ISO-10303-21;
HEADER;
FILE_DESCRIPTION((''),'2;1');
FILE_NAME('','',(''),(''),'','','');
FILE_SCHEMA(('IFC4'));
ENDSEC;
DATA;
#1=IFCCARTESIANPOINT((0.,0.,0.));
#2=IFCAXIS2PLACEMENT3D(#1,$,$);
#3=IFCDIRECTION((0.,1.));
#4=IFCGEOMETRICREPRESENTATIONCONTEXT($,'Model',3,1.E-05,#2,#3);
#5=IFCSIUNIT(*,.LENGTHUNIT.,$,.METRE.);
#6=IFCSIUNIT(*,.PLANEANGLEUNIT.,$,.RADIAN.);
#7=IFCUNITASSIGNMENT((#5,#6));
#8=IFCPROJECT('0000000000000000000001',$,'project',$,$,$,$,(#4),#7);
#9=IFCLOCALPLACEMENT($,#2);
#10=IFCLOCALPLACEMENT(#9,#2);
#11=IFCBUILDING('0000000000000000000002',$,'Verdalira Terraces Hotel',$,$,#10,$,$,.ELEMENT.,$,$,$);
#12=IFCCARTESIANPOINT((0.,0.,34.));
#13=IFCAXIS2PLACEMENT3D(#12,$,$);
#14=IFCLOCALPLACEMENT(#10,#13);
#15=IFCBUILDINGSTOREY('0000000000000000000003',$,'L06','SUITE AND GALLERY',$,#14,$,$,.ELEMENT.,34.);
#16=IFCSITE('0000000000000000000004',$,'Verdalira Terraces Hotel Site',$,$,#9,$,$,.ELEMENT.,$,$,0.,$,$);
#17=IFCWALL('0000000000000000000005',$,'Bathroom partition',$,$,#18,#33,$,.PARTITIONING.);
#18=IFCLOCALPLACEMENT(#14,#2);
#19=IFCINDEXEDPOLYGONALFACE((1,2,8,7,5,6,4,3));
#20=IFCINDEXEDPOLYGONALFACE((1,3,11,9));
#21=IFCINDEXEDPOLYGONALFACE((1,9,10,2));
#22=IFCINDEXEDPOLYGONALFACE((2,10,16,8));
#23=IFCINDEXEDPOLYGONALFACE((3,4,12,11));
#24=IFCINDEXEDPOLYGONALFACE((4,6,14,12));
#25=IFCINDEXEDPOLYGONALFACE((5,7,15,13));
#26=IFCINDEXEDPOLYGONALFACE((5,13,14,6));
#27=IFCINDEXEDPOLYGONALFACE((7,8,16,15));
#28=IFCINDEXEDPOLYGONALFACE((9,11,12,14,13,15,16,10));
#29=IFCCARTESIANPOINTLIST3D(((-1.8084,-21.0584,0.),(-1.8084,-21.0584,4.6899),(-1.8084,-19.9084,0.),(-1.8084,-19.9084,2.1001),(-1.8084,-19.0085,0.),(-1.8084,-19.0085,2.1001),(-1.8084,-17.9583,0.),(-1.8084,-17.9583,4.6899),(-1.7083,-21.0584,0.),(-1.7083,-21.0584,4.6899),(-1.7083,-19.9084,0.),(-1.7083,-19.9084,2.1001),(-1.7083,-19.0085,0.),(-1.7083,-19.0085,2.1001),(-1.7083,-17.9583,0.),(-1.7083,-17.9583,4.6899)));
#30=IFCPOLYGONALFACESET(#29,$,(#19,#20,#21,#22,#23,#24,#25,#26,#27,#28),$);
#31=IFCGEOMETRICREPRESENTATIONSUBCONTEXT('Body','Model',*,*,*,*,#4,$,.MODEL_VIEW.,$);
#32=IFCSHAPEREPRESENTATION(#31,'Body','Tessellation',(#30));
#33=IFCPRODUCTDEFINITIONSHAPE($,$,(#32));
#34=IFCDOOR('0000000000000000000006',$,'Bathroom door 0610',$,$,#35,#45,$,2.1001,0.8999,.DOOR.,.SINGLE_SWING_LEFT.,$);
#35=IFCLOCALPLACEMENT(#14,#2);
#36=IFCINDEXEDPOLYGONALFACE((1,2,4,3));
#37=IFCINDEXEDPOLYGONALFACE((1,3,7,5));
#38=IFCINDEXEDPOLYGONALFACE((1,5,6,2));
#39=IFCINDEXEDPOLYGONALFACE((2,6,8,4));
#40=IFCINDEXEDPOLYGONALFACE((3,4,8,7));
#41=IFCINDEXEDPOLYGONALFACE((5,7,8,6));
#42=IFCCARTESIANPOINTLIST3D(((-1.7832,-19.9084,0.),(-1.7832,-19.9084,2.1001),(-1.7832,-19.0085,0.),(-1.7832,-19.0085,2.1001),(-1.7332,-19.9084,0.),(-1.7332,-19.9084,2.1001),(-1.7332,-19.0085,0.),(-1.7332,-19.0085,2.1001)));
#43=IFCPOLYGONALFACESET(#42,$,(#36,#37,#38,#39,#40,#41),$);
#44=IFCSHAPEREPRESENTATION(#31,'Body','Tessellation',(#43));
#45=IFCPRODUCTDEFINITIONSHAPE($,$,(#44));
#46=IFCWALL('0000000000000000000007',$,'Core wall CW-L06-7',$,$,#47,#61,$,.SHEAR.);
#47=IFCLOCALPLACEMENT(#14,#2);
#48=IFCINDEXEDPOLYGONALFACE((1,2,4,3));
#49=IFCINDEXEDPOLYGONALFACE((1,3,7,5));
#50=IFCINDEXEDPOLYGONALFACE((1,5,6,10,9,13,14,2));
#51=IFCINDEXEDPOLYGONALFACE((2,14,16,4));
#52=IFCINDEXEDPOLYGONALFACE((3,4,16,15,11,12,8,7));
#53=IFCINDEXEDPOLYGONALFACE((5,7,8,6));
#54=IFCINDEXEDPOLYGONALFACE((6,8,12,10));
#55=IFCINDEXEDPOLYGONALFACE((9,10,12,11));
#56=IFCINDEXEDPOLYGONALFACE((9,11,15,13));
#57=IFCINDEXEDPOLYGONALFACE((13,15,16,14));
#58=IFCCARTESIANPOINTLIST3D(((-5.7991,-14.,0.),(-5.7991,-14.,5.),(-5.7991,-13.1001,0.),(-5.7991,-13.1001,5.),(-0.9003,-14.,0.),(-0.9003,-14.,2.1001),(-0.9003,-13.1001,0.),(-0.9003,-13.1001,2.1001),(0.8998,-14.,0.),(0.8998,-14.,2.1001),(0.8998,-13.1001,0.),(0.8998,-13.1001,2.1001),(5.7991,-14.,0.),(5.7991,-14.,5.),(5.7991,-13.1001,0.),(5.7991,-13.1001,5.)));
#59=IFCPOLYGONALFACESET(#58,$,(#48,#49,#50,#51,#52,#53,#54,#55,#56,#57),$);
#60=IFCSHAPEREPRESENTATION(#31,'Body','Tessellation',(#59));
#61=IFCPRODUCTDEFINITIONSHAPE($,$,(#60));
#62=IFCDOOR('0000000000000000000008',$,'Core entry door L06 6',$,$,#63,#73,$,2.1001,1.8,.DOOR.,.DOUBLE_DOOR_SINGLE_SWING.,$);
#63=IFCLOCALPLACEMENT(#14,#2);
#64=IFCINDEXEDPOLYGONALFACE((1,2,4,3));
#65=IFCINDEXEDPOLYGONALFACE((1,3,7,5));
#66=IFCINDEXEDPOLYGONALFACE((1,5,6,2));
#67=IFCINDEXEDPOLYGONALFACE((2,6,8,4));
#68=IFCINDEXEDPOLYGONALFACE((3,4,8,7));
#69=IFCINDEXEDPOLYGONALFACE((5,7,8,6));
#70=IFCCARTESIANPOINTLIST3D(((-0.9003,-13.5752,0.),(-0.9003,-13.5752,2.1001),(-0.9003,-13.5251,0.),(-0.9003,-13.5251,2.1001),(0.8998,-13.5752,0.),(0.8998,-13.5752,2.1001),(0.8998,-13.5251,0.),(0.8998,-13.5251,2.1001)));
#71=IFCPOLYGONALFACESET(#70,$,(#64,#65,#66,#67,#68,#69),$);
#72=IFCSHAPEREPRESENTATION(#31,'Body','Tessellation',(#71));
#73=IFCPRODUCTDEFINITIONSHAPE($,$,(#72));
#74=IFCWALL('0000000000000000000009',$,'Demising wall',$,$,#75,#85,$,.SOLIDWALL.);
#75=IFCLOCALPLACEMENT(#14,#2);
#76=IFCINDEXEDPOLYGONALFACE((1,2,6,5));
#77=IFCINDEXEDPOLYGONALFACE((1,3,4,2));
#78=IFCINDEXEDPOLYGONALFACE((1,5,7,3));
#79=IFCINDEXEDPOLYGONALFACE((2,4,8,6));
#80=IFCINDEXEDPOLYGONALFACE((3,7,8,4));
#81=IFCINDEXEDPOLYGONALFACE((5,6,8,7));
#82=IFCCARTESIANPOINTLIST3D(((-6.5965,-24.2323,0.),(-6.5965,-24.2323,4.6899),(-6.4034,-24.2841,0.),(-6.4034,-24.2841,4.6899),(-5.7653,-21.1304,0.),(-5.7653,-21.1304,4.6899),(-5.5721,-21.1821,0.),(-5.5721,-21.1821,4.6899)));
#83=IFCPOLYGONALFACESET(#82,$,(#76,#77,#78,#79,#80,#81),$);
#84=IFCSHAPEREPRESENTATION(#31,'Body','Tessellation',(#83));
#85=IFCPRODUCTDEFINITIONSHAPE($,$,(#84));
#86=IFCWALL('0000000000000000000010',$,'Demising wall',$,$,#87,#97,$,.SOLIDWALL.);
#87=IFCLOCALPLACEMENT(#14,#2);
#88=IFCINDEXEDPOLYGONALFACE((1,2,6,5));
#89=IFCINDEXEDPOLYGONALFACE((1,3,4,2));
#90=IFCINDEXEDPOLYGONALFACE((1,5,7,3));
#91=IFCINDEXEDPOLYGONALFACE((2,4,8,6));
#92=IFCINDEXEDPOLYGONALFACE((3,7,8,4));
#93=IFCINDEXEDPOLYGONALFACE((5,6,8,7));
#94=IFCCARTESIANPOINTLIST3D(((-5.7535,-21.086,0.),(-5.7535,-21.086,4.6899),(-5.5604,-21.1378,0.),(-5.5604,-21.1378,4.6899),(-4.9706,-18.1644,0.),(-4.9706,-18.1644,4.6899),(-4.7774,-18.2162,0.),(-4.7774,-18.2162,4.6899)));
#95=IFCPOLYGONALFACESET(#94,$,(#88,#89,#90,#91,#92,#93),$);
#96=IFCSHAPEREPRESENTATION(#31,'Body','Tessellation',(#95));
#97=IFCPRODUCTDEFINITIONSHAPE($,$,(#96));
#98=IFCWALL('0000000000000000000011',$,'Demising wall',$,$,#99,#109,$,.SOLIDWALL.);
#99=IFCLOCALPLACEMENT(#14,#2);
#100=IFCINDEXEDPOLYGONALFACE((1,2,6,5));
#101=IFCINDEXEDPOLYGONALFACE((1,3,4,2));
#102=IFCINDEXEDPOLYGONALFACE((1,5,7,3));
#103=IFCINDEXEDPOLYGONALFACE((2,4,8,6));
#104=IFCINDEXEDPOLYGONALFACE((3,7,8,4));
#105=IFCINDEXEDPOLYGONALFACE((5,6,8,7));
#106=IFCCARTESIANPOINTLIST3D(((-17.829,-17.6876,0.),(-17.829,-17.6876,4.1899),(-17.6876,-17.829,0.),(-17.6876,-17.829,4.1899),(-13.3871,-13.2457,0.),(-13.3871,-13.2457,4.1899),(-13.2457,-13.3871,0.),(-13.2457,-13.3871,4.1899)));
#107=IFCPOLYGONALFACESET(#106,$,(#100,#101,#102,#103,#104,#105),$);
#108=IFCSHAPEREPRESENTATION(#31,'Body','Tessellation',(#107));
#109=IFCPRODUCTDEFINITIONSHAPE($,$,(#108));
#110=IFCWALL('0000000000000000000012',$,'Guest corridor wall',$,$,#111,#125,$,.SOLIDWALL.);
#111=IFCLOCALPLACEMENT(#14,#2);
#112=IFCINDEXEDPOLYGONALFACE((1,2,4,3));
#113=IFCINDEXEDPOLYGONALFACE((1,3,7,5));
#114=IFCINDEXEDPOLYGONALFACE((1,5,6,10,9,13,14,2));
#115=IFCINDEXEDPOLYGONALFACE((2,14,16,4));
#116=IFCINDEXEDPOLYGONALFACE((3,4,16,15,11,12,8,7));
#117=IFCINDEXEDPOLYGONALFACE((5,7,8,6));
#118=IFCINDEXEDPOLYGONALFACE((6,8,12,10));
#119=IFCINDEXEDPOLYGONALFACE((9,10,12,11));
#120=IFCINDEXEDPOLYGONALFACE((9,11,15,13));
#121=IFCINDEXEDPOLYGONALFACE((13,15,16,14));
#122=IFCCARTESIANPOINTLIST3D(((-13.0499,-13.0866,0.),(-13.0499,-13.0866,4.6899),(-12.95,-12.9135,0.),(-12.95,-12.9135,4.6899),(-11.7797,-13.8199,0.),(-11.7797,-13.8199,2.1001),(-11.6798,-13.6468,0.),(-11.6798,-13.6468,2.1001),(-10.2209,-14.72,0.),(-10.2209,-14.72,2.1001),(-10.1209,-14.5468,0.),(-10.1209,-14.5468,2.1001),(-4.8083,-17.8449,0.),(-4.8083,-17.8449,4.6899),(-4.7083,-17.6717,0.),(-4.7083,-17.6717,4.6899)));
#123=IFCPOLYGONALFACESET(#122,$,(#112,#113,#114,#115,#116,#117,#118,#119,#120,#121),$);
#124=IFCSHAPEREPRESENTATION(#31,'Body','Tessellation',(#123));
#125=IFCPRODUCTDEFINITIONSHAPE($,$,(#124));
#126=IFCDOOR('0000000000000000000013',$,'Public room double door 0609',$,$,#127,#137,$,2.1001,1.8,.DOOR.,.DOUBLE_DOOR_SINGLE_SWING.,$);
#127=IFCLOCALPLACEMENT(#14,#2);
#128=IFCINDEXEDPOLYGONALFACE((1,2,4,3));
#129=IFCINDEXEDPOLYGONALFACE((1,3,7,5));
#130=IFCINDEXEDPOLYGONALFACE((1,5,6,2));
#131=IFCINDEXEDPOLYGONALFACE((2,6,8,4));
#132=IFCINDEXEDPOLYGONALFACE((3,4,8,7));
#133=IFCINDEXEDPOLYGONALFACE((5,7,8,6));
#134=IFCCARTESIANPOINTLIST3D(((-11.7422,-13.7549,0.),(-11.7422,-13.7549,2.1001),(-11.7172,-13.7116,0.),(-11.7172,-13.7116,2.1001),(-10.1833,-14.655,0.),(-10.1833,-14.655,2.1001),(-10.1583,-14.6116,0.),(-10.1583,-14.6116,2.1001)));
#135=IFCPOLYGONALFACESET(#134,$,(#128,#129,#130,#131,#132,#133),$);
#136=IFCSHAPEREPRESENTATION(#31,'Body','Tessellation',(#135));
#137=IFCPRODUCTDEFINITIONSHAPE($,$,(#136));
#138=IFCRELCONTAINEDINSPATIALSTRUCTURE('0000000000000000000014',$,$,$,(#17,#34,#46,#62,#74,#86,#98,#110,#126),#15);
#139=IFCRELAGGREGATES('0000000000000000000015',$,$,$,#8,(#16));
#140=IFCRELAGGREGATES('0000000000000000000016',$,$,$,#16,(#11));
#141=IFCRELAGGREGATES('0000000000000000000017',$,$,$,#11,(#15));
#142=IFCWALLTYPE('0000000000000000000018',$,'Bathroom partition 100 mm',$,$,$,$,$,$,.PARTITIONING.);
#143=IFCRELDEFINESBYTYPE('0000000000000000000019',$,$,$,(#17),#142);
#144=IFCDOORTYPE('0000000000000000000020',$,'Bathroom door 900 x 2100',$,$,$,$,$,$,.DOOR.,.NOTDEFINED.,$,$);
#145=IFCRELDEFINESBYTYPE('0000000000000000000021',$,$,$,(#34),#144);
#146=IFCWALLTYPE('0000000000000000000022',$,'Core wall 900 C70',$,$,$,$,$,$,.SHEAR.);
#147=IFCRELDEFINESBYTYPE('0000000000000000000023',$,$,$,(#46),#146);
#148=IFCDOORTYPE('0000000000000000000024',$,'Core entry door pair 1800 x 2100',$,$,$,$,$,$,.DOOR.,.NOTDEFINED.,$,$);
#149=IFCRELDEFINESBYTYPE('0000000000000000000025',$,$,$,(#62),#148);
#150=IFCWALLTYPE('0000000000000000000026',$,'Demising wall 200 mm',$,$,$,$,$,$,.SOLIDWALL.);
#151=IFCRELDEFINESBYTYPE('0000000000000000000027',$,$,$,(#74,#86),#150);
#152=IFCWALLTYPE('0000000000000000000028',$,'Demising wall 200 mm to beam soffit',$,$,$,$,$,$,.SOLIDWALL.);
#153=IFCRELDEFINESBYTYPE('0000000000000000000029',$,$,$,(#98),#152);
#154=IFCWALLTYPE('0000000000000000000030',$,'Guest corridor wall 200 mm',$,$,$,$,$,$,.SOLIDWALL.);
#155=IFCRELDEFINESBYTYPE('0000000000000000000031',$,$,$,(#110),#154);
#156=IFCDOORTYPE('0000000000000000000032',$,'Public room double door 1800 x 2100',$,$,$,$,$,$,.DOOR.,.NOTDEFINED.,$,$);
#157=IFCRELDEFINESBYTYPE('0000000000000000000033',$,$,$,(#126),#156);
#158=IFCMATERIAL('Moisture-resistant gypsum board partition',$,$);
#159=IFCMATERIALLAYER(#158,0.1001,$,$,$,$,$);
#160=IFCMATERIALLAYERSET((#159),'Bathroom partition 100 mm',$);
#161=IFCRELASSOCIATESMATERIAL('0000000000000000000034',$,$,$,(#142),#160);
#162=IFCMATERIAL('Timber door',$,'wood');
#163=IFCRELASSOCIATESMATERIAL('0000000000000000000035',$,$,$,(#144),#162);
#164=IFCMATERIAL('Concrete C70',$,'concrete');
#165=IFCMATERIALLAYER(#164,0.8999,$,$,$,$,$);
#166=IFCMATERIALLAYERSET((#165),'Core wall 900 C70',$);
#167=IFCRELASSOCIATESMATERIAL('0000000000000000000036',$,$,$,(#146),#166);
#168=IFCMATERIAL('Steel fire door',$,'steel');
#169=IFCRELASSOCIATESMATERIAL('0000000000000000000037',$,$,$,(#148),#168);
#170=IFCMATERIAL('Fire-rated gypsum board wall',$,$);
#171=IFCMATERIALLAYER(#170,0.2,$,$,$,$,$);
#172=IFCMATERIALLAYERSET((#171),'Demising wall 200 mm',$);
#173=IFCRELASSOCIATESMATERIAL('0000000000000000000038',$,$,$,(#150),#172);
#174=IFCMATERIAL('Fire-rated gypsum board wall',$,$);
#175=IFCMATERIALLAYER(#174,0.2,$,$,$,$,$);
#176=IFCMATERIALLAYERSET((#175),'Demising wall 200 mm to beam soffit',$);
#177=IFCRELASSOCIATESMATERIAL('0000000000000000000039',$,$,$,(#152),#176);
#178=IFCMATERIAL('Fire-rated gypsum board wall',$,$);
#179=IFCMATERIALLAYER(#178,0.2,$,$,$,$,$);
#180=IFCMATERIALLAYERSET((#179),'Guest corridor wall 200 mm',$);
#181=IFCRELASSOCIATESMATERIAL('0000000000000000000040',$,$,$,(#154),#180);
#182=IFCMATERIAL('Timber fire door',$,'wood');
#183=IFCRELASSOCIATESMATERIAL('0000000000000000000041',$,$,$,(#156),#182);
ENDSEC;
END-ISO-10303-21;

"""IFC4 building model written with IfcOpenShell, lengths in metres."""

from ifc_helpers import new_model, si_unit, direction, frame, frame_2d, origin, place, context, subcontext, project, spatial, rectangle, extrude, material, layer, layer_set, type_object, element, fill, save


model = new_model("IFC4")

# Units and contexts
model_context = context("Model", 3, precision=1e-05, world=origin(), true_north=direction((0.0, 1.0)))
body_context = subcontext(model_context, "Body", "Model", "MODEL_VIEW")
ifc_project = project(units=[si_unit("LENGTHUNIT", "METRE"), si_unit("PLANEANGLEUNIT", "RADIAN")], contexts=[model_context])

# Site, building, storey
site_placement = place(None, origin())
site = spatial("IfcSite", under=ifc_project, at=site_placement, Name="Verdalira Terraces Hotel Site", CompositionType="ELEMENT", RefElevation=0.0)
building_placement = place(site_placement, origin())
building = spatial("IfcBuilding", under=site, at=building_placement, Name="Verdalira Terraces Hotel", CompositionType="ELEMENT")
storey_placement = place(building_placement, frame((0.0, 0.0, 34.0)))
storey = spatial("IfcBuildingStorey", under=building, at=storey_placement, Name="L06", Description="SUITE AND GALLERY", CompositionType="ELEMENT", Elevation=34.0)

# Shared definitions
ifc_material_1 = material(Name="Moisture-resistant gypsum board partition")
ifc_layer_1 = layer(ifc_material_1, 0.1001)
ifc_layer_set_1 = layer_set([ifc_layer_1], Name="Bathroom partition 100 mm")
wall_type_1 = type_object("IfcWallType", Name="Bathroom partition 100 mm", PredefinedType="PARTITIONING", material=ifc_layer_set_1)

# Walls, openings, doors
wall_1_placement = place(storey_placement, frame((-1.7583, -21.0584, 0.0), z_axis=(0.0, 0.0, 1.0), x_axis=(0.0, 1.0, 0.0)))
wall_1 = element("IfcWall", 1, at=wall_1_placement, inside=storey, type_object=wall_type_1, Name="Bathroom partition", PredefinedType="PARTITIONING", context=body_context, shape_type="SweptSolid", body=[
    extrude(rectangle(XDim=3.1001, YDim=0.1001, at=frame_2d((1.55, 0.0))), origin(), (0.0, 0.0, 1.0), 4.6899),
])
opening_1_placement = place(wall_1_placement, frame((1.1499, 0.0, 0.0)))
opening_1 = element("IfcOpeningElement", 2, at=opening_1_placement, cuts=wall_1, PredefinedType="OPENING", context=body_context, shape_type="SweptSolid", body=[
    extrude(rectangle(XDim=0.8999, YDim=2.1001, at=frame_2d((0.45, 1.05))), frame((0.0, 0.0601, 0.0), z_axis=(0.0, -1.0, 0.0), x_axis=(1.0, 0.0, 0.0)), (0.0, 0.0, 1.0), 0.1201),
])
ifc_material_2 = material(Name="Timber door", Category="wood")
door_type_1 = type_object("IfcDoorType", Name="Bathroom door 900 x 2100", OperationType="NOTDEFINED", PredefinedType="DOOR", material=ifc_material_2)
door_1_placement = place(opening_1_placement, origin())
door_1 = element("IfcDoor", 3, at=door_1_placement, inside=storey, type_object=door_type_1, Name="Bathroom door 0610", OperationType="SINGLE_SWING_LEFT", OverallHeight=2.1001, OverallWidth=0.8999, PredefinedType="DOOR", context=body_context, shape_type="SweptSolid", body=[
    extrude(rectangle(XDim=0.8999, YDim=2.1001, at=frame_2d((0.45, 1.05))), frame((0.0, 0.0249, 0.0), z_axis=(0.0, -1.0, 0.0), x_axis=(1.0, 0.0, 0.0)), (0.0, 0.0, 1.0), 0.05),
])
fill(opening_1, door_1)
ifc_material_3 = material(Name="Concrete C70", Category="concrete")
ifc_layer_2 = layer(ifc_material_3, 0.8999)
ifc_layer_set_2 = layer_set([ifc_layer_2], Name="Core wall 900 C70")
wall_type_2 = type_object("IfcWallType", Name="Core wall 900 C70", PredefinedType="SHEAR", material=ifc_layer_set_2)
wall_2_placement = place(storey_placement, frame((-5.7991, -13.55, 0.0), z_axis=(0.0, 0.0, 1.0), x_axis=(1.0, 0.0, 0.0)))
wall_2 = element("IfcWall", 4, at=wall_2_placement, inside=storey, type_object=wall_type_2, Name="Core wall CW-L06-7", PredefinedType="SHEAR", context=body_context, shape_type="SweptSolid", body=[
    extrude(rectangle(XDim=11.5981, YDim=0.8999, at=frame_2d((5.7991, 0.0))), origin(), (0.0, 0.0, 1.0), 5.0),
])
opening_2_placement = place(wall_2_placement, frame((4.8989, 0.0, 0.0)))
opening_2 = element("IfcOpeningElement", 5, at=opening_2_placement, cuts=wall_2, PredefinedType="OPENING", context=body_context, shape_type="SweptSolid", body=[
    extrude(rectangle(XDim=1.8, YDim=2.1001, at=frame_2d((0.8999, 1.05))), frame((0.0, 0.46, 0.0), z_axis=(0.0, -1.0, 0.0), x_axis=(1.0, 0.0, 0.0)), (0.0, 0.0, 1.0), 0.9199),
])
ifc_material_4 = material(Name="Steel fire door", Category="steel")
door_type_2 = type_object("IfcDoorType", Name="Core entry door pair 1800 x 2100", OperationType="NOTDEFINED", PredefinedType="DOOR", material=ifc_material_4)
door_2_placement = place(opening_2_placement, origin())
door_2 = element("IfcDoor", 6, at=door_2_placement, inside=storey, type_object=door_type_2, Name="Core entry door L06 6", OperationType="DOUBLE_DOOR_SINGLE_SWING", OverallHeight=2.1001, OverallWidth=1.8, PredefinedType="DOOR", context=body_context, shape_type="SweptSolid", body=[
    extrude(rectangle(XDim=1.8, YDim=2.1001, at=frame_2d((0.8999, 1.05))), frame((0.0, 0.0249, 0.0), z_axis=(0.0, -1.0, 0.0), x_axis=(1.0, 0.0, 0.0)), (0.0, 0.0, 1.0), 0.05),
])
fill(opening_2, door_2)

# Walls
ifc_material_5 = material(Name="Fire-rated gypsum board wall")
ifc_layer_3 = layer(ifc_material_5, 0.2)
ifc_layer_set_3 = layer_set([ifc_layer_3], Name="Demising wall 200 mm")
wall_type_3 = type_object("IfcWallType", Name="Demising wall 200 mm", PredefinedType="SOLIDWALL", material=ifc_layer_set_3)
wall_3_placement = place(storey_placement, frame((-5.6687, -21.1562, 0.0), z_axis=(0.0, 0.0, 1.0), x_axis=(-0.25885, -0.965918, 0.0)))
element("IfcWall", 7, at=wall_3_placement, inside=storey, type_object=wall_type_3, Name="Demising wall", PredefinedType="SOLIDWALL", context=body_context, shape_type="SweptSolid", body=[
    extrude(rectangle(XDim=3.2114, YDim=0.2, at=frame_2d((1.6057, 0.0))), origin(), (0.0, 0.0, 1.0), 4.6899),
])
wall_4_placement = place(storey_placement, frame((-4.874, -18.1904, 0.0), z_axis=(0.0, 0.0, 1.0), x_axis=(-0.258853, -0.965917, 0.0)))
element("IfcWall", 8, at=wall_4_placement, inside=storey, type_object=wall_type_3, Name="Demising wall", PredefinedType="SOLIDWALL", context=body_context, shape_type="SweptSolid", body=[
    extrude(rectangle(XDim=3.0247, YDim=0.2, at=frame_2d((1.5122, 0.0))), origin(), (0.0, 0.0, 1.0), 4.6899),
])
ifc_material_6 = material(Name="Fire-rated gypsum board wall")
ifc_layer_4 = layer(ifc_material_6, 0.2)
ifc_layer_set_4 = layer_set([ifc_layer_4], Name="Demising wall 200 mm to beam soffit")
wall_type_4 = type_object("IfcWallType", Name="Demising wall 200 mm to beam soffit", PredefinedType="SOLIDWALL", material=ifc_layer_set_4)
wall_5_placement = place(storey_placement, frame((-13.3164, -13.3164, 0.0), z_axis=(0.0, 0.0, 1.0), x_axis=(-0.707107, -0.707107, 0.0)))
element("IfcWall", 9, at=wall_5_placement, inside=storey, type_object=wall_type_4, Name="Demising wall", PredefinedType="SOLIDWALL", context=body_context, shape_type="SweptSolid", body=[
    extrude(rectangle(XDim=6.2817, YDim=0.2, at=frame_2d((3.1409, 0.0))), origin(), (0.0, 0.0, 1.0), 4.1899),
])

# Wall, opening, door
ifc_material_7 = material(Name="Fire-rated gypsum board wall")
ifc_layer_5 = layer(ifc_material_7, 0.2)
ifc_layer_set_5 = layer_set([ifc_layer_5], Name="Guest corridor wall 200 mm")
wall_type_5 = type_object("IfcWallType", Name="Guest corridor wall 200 mm", PredefinedType="SOLIDWALL", material=ifc_layer_set_5)
wall_6_placement = place(storey_placement, frame((-4.7583, -17.7583, 0.0), z_axis=(0.0, 0.0, 1.0), x_axis=(-0.866028, 0.499996, 0.0)))
wall_6 = element("IfcWall", 10, at=wall_6_placement, inside=storey, type_object=wall_type_5, Name="Guest corridor wall", PredefinedType="SOLIDWALL", context=body_context, shape_type="SweptSolid", body=[
    extrude(rectangle(XDim=9.5166, YDim=0.2, at=frame_2d((4.7583, 0.0))), origin(), (0.0, 0.0, 1.0), 4.6899),
])
opening_3_placement = place(wall_6_placement, frame((6.25, 0.0, 0.0)))
opening_3 = element("IfcOpeningElement", 11, at=opening_3_placement, cuts=wall_6, PredefinedType="OPENING", context=body_context, shape_type="SweptSolid", body=[
    extrude(rectangle(XDim=1.8, YDim=2.1001, at=frame_2d((0.8999, 1.05))), frame((0.0, 0.1099, 0.0), z_axis=(0.0, -1.0, 0.0), x_axis=(1.0, 0.0, 0.0)), (0.0, 0.0, 1.0), 0.22),
])
ifc_material_8 = material(Name="Timber fire door", Category="wood")
door_type_3 = type_object("IfcDoorType", Name="Public room double door 1800 x 2100", OperationType="NOTDEFINED", PredefinedType="DOOR", material=ifc_material_8)
door_3_placement = place(opening_3_placement, origin())
door_3 = element("IfcDoor", 12, at=door_3_placement, inside=storey, type_object=door_type_3, Name="Public room double door 0609", OperationType="DOUBLE_DOOR_SINGLE_SWING", OverallHeight=2.1001, OverallWidth=1.8, PredefinedType="DOOR", context=body_context, shape_type="SweptSolid", body=[
    extrude(rectangle(XDim=1.8, YDim=2.1001, at=frame_2d((0.8999, 1.05))), frame((0.0, 0.0249, 0.0), z_axis=(0.0, -1.0, 0.0), x_axis=(1.0, 0.0, 0.0)), (0.0, 0.0, 1.0), 0.05),
])
fill(opening_3, door_3)

save(model, "model.ifc")
